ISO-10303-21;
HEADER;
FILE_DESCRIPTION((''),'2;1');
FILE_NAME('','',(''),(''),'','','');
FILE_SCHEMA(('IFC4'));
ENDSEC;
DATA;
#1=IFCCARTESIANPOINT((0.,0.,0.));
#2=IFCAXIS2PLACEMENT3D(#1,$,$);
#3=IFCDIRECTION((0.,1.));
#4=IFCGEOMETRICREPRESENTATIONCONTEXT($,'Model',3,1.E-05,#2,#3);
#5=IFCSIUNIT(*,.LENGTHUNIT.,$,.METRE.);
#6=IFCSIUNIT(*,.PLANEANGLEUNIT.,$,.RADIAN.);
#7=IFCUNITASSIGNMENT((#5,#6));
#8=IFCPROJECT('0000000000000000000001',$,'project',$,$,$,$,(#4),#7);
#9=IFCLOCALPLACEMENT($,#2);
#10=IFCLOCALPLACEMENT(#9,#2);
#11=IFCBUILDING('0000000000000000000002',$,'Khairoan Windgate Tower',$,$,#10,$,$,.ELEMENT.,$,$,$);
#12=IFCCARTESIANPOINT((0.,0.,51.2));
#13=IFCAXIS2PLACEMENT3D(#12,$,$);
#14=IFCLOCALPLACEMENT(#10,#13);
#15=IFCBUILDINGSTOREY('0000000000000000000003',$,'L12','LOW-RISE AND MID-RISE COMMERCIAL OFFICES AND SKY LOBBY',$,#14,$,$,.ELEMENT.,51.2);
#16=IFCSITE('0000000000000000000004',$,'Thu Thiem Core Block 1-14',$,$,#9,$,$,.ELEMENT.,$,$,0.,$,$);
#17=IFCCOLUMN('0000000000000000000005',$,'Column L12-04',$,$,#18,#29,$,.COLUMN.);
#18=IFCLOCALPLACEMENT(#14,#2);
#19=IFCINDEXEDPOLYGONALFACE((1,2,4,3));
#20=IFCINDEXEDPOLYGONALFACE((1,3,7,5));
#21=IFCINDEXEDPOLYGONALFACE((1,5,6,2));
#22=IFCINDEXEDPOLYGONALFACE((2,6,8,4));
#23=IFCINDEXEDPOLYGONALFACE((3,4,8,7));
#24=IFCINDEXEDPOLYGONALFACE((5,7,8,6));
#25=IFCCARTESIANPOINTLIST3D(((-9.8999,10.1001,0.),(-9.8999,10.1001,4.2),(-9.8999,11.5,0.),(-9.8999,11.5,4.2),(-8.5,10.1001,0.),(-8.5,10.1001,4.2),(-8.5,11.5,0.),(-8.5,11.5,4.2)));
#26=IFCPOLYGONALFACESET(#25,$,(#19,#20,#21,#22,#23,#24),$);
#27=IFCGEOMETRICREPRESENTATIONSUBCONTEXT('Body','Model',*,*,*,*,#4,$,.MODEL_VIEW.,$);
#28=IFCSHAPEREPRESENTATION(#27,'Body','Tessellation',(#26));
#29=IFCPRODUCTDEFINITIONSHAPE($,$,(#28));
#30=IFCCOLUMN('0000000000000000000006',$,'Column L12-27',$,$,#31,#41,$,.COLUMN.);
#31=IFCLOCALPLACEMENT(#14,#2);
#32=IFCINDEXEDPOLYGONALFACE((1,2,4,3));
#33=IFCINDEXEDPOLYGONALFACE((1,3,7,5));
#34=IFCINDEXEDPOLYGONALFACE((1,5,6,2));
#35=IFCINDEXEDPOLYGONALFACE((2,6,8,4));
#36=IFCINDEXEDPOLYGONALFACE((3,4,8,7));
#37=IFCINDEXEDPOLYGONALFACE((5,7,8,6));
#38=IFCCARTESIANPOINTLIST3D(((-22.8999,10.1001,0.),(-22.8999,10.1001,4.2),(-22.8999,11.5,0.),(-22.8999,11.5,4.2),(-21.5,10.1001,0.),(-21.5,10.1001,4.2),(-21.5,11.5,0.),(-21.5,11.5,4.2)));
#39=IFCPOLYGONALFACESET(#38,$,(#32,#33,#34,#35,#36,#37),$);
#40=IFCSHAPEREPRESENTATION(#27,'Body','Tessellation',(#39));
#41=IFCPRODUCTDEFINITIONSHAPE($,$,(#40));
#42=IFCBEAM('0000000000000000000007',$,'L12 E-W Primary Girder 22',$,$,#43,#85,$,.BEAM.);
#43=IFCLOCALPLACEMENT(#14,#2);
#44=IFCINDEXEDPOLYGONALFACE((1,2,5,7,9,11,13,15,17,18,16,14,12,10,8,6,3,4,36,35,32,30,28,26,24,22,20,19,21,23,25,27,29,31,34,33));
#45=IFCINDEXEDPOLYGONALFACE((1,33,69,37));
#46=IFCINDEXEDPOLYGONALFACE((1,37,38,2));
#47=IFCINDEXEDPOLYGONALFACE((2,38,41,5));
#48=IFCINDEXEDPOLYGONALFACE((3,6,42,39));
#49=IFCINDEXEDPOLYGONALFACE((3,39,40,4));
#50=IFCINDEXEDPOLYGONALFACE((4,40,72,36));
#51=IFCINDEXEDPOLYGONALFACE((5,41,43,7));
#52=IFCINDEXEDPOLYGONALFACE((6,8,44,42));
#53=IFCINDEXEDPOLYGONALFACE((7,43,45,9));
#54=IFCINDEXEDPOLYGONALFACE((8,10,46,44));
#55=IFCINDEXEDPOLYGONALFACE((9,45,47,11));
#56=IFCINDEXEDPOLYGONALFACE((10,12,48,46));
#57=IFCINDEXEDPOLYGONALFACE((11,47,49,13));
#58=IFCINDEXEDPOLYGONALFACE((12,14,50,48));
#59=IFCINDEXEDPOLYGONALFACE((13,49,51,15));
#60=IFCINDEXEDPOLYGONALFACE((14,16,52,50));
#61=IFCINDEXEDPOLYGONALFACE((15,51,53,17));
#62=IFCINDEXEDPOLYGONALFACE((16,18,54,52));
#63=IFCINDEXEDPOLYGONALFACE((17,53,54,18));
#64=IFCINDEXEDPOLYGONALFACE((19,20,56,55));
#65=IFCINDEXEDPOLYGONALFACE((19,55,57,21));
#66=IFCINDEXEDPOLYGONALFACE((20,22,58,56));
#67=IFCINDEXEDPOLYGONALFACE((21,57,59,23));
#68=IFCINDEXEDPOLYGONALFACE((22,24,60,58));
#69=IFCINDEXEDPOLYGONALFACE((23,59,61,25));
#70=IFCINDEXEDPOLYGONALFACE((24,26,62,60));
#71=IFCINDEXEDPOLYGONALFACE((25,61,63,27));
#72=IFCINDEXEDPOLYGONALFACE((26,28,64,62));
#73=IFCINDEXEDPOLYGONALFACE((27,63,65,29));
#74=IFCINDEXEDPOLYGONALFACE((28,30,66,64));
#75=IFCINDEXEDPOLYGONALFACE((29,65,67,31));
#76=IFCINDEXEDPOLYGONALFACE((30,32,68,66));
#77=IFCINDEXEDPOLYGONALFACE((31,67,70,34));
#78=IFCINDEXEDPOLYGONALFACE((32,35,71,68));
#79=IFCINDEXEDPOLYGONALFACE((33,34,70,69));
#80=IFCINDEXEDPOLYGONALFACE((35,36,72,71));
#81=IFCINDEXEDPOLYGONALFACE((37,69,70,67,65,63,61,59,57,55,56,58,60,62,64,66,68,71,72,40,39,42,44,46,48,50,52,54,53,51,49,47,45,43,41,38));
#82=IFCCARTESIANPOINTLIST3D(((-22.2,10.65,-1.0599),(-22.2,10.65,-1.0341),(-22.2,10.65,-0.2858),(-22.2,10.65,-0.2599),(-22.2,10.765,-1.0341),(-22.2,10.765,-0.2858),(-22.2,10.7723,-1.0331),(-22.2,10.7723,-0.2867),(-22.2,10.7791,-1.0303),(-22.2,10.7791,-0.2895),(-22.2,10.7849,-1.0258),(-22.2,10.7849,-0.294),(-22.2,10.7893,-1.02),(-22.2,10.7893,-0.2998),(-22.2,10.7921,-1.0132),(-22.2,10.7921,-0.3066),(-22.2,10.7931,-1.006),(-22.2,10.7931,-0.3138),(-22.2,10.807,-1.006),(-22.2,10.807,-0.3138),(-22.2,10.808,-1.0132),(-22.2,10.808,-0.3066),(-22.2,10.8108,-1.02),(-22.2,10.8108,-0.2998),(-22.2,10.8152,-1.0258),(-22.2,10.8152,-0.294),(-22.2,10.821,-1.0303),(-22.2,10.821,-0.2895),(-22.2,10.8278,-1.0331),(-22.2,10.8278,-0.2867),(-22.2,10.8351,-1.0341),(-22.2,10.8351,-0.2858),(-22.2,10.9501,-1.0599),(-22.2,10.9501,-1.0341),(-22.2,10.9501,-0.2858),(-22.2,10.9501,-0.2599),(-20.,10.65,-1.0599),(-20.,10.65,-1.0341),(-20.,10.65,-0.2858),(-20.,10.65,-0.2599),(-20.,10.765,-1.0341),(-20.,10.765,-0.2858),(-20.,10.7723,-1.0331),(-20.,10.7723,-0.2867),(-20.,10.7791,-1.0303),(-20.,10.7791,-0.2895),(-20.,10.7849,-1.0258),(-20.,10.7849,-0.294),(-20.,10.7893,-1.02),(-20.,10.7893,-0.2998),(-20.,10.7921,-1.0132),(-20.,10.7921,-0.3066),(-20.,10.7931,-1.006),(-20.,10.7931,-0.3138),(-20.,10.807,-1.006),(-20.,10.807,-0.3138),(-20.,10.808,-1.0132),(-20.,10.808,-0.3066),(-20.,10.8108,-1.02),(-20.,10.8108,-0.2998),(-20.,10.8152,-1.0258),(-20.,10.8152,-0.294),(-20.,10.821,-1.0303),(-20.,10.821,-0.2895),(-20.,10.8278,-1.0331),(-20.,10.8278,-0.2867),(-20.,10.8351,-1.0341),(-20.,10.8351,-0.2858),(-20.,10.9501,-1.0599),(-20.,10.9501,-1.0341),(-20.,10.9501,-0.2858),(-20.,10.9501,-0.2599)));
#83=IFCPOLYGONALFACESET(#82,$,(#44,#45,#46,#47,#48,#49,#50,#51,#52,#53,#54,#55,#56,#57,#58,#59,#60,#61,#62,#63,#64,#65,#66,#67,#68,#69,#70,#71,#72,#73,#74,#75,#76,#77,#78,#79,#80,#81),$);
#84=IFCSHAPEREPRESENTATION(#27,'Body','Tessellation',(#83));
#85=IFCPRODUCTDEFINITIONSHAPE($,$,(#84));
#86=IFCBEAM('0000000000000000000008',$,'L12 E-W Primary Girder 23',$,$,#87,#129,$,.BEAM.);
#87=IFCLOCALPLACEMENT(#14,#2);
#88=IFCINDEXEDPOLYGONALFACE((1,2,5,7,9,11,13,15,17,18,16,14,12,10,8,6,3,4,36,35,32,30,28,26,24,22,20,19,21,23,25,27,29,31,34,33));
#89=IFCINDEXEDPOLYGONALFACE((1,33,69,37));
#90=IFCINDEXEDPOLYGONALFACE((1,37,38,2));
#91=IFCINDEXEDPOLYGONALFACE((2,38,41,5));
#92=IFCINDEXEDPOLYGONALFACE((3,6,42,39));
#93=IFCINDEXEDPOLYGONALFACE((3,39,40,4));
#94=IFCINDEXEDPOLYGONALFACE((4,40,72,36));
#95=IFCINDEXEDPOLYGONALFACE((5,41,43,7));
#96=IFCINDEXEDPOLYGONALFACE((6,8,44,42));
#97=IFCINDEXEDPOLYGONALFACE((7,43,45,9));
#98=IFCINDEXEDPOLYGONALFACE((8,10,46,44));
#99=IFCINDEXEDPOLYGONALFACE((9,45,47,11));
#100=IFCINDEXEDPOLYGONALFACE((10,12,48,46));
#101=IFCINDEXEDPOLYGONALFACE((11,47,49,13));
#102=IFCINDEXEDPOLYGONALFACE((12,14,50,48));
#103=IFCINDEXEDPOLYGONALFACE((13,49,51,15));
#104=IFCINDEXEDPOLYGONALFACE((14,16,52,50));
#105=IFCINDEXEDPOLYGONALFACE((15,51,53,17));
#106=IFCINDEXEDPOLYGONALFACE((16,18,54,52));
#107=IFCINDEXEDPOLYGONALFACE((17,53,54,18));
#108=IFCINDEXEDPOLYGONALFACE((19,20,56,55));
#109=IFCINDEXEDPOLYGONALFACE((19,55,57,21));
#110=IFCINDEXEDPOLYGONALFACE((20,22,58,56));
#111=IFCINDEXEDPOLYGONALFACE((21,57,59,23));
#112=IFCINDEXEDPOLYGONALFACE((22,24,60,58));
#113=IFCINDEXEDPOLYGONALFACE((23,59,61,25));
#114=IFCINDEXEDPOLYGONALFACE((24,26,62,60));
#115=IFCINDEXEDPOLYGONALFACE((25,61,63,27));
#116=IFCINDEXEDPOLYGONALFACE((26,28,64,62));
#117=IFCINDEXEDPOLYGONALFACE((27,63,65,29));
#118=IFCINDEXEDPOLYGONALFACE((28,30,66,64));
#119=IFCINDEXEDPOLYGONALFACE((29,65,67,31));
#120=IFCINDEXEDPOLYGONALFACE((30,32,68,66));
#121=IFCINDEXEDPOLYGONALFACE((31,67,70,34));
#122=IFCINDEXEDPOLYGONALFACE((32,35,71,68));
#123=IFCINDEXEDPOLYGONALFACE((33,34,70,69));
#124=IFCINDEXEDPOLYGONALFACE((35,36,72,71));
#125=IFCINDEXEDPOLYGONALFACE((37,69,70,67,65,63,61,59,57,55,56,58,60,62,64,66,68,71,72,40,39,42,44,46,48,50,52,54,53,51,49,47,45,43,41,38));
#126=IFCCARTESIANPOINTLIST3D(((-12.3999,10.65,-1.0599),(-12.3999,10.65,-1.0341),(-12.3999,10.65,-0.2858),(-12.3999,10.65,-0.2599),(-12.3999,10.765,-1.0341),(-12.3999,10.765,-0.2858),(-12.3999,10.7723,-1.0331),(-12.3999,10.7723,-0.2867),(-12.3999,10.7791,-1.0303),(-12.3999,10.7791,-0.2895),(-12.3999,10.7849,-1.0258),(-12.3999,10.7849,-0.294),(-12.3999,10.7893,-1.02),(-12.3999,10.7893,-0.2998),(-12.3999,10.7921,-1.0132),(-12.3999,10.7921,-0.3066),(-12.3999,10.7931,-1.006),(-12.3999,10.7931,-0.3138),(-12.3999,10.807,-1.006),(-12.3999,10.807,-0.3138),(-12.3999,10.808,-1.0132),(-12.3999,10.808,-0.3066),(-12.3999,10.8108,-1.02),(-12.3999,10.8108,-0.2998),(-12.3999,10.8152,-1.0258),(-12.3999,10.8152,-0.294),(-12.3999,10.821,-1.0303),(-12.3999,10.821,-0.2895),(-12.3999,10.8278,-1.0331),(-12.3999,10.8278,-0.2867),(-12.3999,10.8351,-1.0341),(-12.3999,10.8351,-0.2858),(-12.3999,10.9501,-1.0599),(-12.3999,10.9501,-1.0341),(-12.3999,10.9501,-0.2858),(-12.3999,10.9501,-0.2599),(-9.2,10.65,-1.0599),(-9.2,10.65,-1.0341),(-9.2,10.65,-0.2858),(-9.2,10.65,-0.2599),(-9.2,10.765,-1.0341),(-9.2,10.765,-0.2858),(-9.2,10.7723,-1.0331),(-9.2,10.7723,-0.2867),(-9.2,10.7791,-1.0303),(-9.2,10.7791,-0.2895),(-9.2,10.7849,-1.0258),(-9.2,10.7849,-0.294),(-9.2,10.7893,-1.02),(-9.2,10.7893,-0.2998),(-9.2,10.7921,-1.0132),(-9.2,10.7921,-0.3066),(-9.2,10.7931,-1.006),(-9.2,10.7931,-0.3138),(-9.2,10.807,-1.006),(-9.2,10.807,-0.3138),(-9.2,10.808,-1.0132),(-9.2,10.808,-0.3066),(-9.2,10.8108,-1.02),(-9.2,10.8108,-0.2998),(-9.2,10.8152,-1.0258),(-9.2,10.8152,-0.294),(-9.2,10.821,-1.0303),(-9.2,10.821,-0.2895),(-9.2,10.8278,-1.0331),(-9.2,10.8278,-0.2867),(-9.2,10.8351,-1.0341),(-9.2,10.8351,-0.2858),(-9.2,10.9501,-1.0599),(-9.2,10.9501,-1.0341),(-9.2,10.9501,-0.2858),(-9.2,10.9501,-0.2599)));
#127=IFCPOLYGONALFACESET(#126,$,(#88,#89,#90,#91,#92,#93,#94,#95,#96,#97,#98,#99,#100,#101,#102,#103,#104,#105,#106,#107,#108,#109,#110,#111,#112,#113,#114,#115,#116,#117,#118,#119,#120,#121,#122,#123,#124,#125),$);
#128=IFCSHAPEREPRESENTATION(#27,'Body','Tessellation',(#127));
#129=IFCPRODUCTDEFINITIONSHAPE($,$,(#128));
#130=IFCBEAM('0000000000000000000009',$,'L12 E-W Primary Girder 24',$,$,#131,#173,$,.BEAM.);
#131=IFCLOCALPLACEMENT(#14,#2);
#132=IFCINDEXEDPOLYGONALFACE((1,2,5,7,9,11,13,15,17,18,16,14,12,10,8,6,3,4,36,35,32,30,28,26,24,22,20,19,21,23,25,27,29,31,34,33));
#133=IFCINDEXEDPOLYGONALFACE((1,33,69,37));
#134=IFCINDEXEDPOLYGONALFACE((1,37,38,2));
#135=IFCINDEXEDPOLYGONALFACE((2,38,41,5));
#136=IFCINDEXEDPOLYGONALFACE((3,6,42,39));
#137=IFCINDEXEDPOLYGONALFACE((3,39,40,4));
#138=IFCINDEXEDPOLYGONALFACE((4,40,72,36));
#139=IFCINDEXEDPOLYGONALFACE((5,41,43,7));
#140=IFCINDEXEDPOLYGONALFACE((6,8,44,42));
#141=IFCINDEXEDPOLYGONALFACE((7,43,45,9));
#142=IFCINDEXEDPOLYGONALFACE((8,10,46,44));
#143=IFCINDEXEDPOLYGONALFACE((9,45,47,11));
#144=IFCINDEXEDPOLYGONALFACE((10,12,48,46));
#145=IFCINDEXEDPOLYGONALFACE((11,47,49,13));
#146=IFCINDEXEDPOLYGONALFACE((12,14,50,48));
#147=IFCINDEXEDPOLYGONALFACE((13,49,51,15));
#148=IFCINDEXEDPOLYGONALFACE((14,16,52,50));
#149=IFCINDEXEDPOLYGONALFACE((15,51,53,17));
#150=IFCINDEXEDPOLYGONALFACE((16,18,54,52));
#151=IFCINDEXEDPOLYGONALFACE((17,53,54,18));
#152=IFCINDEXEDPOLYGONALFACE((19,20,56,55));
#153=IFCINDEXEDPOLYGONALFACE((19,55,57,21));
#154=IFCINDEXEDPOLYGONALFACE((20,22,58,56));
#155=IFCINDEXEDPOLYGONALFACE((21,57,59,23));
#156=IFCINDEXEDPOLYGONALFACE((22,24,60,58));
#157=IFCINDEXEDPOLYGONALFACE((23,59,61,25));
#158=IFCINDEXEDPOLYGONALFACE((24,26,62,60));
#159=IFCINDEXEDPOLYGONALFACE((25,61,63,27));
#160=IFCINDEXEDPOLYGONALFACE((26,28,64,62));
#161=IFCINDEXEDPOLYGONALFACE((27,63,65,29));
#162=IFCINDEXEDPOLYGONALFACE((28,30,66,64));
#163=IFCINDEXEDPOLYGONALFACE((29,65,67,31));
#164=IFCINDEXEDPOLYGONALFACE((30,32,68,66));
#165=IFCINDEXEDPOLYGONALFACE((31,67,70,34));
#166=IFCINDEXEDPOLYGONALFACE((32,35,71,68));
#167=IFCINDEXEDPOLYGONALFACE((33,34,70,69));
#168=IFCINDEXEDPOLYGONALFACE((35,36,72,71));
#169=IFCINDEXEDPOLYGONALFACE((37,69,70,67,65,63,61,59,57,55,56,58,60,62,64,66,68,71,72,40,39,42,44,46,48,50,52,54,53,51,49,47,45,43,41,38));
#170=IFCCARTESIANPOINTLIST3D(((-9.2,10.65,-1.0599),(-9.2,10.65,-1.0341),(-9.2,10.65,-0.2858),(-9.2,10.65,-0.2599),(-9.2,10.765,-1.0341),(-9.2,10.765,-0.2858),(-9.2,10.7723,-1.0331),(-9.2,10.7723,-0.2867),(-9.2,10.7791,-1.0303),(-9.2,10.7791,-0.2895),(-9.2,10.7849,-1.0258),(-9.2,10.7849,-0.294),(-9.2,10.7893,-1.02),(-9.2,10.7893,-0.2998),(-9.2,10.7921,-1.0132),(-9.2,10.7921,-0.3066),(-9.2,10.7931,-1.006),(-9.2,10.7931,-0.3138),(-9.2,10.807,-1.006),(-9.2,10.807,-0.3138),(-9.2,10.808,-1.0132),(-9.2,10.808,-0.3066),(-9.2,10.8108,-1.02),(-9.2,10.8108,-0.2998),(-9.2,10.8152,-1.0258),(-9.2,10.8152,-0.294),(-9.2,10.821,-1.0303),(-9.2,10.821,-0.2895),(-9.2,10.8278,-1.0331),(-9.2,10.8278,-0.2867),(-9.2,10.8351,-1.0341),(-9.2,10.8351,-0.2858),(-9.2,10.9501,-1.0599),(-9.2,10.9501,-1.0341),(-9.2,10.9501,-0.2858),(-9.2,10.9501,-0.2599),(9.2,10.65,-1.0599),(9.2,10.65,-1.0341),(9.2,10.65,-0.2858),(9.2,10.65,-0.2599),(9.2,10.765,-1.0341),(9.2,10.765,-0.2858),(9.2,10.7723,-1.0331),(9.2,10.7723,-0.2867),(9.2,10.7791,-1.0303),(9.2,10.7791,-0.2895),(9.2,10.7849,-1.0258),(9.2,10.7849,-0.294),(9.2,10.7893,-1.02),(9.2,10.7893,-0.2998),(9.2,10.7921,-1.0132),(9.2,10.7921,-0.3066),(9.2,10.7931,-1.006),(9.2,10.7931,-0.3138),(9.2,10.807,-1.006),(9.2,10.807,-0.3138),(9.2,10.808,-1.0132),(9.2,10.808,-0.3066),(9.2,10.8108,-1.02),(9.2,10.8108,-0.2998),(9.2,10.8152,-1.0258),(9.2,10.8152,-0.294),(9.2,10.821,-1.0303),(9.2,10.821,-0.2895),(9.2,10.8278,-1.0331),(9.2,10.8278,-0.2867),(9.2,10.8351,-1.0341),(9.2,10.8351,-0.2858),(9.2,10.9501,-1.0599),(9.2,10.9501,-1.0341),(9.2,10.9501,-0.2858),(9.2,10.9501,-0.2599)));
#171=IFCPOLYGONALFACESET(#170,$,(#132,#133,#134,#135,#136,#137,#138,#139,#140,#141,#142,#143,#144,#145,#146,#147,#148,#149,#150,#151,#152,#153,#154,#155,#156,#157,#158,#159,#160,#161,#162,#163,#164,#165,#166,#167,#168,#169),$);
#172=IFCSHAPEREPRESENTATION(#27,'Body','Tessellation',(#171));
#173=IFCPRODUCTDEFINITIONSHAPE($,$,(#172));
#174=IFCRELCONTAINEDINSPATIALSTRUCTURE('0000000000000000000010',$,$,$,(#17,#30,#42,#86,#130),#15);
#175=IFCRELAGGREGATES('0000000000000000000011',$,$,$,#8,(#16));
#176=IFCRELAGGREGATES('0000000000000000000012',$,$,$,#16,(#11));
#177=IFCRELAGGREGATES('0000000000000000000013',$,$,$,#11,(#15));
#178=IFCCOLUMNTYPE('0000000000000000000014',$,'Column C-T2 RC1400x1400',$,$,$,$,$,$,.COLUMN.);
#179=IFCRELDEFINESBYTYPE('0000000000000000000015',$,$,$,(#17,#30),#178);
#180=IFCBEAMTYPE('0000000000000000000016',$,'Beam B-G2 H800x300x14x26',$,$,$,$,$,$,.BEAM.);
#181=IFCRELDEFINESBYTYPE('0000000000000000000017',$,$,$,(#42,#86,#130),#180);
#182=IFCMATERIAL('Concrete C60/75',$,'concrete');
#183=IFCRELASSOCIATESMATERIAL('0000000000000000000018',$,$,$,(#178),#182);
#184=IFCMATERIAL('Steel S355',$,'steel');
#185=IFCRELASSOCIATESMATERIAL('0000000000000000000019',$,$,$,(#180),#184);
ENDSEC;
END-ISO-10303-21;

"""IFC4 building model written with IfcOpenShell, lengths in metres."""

from ifc_helpers import new_model, si_unit, direction, frame, origin, origin_2d, place, context, subcontext, project, spatial, rectangle, i_section, extrude, material, material_profile, profile_set, type_object, element, save


model = new_model("IFC4")

# Units and contexts
model_context = context("Model", 3, precision=1e-05, world=origin(), true_north=direction((0.0, 1.0)))
body_context = subcontext(model_context, "Body", "Model", "MODEL_VIEW")
ifc_project = project(units=[si_unit("LENGTHUNIT", "METRE"), si_unit("PLANEANGLEUNIT", "RADIAN")], contexts=[model_context])

# Site, building, storey
site_placement = place(None, origin())
site = spatial("IfcSite", under=ifc_project, at=site_placement, Name="Thu Thiem Core Block 1-14", CompositionType="ELEMENT", RefElevation=0.0)
building_placement = place(site_placement, origin())
building = spatial("IfcBuilding", under=site, at=building_placement, Name="Khairoan Windgate Tower", CompositionType="ELEMENT")
storey_placement = place(building_placement, frame((0.0, 0.0, 51.2)))
storey = spatial("IfcBuildingStorey", under=building, at=storey_placement, Name="L12", Description="LOW-RISE AND MID-RISE COMMERCIAL OFFICES AND SKY LOBBY", CompositionType="ELEMENT", Elevation=51.2)

# Columns
ifc_material_1 = material(Name="Concrete C60/75", Category="concrete")
ifc_material_profile_1 = material_profile(ifc_material_1, rectangle(XDim=1.3999, YDim=1.3999, at=origin_2d()))
ifc_profile_set_1 = profile_set([ifc_material_profile_1], Name="Concrete C60/75")
column_type = type_object("IfcColumnType", Name="Column C-T2 RC1400x1400", PredefinedType="COLUMN", material=ifc_profile_set_1)
for number, where, z_axis, x_axis, name in (
    (1, (-9.2, 10.8, 0.0), (0.0, 0.0, 1.0), (1.0, 0.0, 0.0), "Column L12-04"),
    (2, (-22.2, 10.8, 0.0), (0.0, 0.0, 1.0), (1.0, 0.0, 0.0), "Column L12-27"),
):
    element("IfcColumn", number, at=place(storey_placement, frame(where, z_axis=z_axis, x_axis=x_axis)), inside=storey, type_object=column_type, Name=name, PredefinedType="COLUMN", context=body_context, shape_type="SweptSolid", body=[
        extrude(rectangle(XDim=1.3999, YDim=1.3999, at=origin_2d()), origin(), (0.0, 0.0, 1.0), 4.2),
    ])

# Beams
ifc_material_2 = material(Name="Steel S355", Category="steel")
ifc_material_profile_2 = material_profile(ifc_material_2, i_section(OverallWidth=0.3, OverallDepth=0.8, WebThickness=0.0139, FlangeThickness=0.0259, FilletRadius=0.0281, at=origin_2d()))
ifc_profile_set_2 = profile_set([ifc_material_profile_2], Name="Steel S355")
beam_type_1 = type_object("IfcBeamType", Name="Beam B-G2 H800x300x14x26", PredefinedType="BEAM", material=ifc_profile_set_2)
beam_1_placement = place(storey_placement, frame((-22.2, 10.8, -0.6599), z_axis=(1.0, 0.0, 0.0), x_axis=(0.0, 1.0, 0.0)))
element("IfcBeam", 3, at=beam_1_placement, inside=storey, type_object=beam_type_1, Name="L12 E-W Primary Girder 22", PredefinedType="BEAM", context=body_context, shape_type="SweptSolid", body=[
    extrude(i_section(OverallWidth=0.3, OverallDepth=0.8, WebThickness=0.0139, FlangeThickness=0.0259, FilletRadius=0.0281, at=origin_2d()), origin(), (0.0, 0.0, 1.0), 2.2),
])
beam_2_placement = place(storey_placement, frame((-12.3999, 10.8, -0.6599), z_axis=(1.0, 0.0, 0.0), x_axis=(0.0, 1.0, 0.0)))
element("IfcBeam", 4, at=beam_2_placement, inside=storey, type_object=beam_type_1, Name="L12 E-W Primary Girder 23", PredefinedType="BEAM", context=body_context, shape_type="SweptSolid", body=[
    extrude(i_section(OverallWidth=0.3, OverallDepth=0.8, WebThickness=0.0139, FlangeThickness=0.0259, FilletRadius=0.0281, at=origin_2d()), origin(), (0.0, 0.0, 1.0), 3.2),
])
beam_3_placement = place(storey_placement, frame((-9.2, 10.8, -0.6599), z_axis=(1.0, 0.0, 0.0), x_axis=(0.0, 1.0, 0.0)))
element("IfcBeam", 5, at=beam_3_placement, inside=storey, type_object=beam_type_1, Name="L12 E-W Primary Girder 24", PredefinedType="BEAM", context=body_context, shape_type="SweptSolid", body=[
    extrude(i_section(OverallWidth=0.3, OverallDepth=0.8, WebThickness=0.0139, FlangeThickness=0.0259, FilletRadius=0.0281, at=origin_2d()), origin(), (0.0, 0.0, 1.0), 18.3999),
])

save(model, "model.ifc")
